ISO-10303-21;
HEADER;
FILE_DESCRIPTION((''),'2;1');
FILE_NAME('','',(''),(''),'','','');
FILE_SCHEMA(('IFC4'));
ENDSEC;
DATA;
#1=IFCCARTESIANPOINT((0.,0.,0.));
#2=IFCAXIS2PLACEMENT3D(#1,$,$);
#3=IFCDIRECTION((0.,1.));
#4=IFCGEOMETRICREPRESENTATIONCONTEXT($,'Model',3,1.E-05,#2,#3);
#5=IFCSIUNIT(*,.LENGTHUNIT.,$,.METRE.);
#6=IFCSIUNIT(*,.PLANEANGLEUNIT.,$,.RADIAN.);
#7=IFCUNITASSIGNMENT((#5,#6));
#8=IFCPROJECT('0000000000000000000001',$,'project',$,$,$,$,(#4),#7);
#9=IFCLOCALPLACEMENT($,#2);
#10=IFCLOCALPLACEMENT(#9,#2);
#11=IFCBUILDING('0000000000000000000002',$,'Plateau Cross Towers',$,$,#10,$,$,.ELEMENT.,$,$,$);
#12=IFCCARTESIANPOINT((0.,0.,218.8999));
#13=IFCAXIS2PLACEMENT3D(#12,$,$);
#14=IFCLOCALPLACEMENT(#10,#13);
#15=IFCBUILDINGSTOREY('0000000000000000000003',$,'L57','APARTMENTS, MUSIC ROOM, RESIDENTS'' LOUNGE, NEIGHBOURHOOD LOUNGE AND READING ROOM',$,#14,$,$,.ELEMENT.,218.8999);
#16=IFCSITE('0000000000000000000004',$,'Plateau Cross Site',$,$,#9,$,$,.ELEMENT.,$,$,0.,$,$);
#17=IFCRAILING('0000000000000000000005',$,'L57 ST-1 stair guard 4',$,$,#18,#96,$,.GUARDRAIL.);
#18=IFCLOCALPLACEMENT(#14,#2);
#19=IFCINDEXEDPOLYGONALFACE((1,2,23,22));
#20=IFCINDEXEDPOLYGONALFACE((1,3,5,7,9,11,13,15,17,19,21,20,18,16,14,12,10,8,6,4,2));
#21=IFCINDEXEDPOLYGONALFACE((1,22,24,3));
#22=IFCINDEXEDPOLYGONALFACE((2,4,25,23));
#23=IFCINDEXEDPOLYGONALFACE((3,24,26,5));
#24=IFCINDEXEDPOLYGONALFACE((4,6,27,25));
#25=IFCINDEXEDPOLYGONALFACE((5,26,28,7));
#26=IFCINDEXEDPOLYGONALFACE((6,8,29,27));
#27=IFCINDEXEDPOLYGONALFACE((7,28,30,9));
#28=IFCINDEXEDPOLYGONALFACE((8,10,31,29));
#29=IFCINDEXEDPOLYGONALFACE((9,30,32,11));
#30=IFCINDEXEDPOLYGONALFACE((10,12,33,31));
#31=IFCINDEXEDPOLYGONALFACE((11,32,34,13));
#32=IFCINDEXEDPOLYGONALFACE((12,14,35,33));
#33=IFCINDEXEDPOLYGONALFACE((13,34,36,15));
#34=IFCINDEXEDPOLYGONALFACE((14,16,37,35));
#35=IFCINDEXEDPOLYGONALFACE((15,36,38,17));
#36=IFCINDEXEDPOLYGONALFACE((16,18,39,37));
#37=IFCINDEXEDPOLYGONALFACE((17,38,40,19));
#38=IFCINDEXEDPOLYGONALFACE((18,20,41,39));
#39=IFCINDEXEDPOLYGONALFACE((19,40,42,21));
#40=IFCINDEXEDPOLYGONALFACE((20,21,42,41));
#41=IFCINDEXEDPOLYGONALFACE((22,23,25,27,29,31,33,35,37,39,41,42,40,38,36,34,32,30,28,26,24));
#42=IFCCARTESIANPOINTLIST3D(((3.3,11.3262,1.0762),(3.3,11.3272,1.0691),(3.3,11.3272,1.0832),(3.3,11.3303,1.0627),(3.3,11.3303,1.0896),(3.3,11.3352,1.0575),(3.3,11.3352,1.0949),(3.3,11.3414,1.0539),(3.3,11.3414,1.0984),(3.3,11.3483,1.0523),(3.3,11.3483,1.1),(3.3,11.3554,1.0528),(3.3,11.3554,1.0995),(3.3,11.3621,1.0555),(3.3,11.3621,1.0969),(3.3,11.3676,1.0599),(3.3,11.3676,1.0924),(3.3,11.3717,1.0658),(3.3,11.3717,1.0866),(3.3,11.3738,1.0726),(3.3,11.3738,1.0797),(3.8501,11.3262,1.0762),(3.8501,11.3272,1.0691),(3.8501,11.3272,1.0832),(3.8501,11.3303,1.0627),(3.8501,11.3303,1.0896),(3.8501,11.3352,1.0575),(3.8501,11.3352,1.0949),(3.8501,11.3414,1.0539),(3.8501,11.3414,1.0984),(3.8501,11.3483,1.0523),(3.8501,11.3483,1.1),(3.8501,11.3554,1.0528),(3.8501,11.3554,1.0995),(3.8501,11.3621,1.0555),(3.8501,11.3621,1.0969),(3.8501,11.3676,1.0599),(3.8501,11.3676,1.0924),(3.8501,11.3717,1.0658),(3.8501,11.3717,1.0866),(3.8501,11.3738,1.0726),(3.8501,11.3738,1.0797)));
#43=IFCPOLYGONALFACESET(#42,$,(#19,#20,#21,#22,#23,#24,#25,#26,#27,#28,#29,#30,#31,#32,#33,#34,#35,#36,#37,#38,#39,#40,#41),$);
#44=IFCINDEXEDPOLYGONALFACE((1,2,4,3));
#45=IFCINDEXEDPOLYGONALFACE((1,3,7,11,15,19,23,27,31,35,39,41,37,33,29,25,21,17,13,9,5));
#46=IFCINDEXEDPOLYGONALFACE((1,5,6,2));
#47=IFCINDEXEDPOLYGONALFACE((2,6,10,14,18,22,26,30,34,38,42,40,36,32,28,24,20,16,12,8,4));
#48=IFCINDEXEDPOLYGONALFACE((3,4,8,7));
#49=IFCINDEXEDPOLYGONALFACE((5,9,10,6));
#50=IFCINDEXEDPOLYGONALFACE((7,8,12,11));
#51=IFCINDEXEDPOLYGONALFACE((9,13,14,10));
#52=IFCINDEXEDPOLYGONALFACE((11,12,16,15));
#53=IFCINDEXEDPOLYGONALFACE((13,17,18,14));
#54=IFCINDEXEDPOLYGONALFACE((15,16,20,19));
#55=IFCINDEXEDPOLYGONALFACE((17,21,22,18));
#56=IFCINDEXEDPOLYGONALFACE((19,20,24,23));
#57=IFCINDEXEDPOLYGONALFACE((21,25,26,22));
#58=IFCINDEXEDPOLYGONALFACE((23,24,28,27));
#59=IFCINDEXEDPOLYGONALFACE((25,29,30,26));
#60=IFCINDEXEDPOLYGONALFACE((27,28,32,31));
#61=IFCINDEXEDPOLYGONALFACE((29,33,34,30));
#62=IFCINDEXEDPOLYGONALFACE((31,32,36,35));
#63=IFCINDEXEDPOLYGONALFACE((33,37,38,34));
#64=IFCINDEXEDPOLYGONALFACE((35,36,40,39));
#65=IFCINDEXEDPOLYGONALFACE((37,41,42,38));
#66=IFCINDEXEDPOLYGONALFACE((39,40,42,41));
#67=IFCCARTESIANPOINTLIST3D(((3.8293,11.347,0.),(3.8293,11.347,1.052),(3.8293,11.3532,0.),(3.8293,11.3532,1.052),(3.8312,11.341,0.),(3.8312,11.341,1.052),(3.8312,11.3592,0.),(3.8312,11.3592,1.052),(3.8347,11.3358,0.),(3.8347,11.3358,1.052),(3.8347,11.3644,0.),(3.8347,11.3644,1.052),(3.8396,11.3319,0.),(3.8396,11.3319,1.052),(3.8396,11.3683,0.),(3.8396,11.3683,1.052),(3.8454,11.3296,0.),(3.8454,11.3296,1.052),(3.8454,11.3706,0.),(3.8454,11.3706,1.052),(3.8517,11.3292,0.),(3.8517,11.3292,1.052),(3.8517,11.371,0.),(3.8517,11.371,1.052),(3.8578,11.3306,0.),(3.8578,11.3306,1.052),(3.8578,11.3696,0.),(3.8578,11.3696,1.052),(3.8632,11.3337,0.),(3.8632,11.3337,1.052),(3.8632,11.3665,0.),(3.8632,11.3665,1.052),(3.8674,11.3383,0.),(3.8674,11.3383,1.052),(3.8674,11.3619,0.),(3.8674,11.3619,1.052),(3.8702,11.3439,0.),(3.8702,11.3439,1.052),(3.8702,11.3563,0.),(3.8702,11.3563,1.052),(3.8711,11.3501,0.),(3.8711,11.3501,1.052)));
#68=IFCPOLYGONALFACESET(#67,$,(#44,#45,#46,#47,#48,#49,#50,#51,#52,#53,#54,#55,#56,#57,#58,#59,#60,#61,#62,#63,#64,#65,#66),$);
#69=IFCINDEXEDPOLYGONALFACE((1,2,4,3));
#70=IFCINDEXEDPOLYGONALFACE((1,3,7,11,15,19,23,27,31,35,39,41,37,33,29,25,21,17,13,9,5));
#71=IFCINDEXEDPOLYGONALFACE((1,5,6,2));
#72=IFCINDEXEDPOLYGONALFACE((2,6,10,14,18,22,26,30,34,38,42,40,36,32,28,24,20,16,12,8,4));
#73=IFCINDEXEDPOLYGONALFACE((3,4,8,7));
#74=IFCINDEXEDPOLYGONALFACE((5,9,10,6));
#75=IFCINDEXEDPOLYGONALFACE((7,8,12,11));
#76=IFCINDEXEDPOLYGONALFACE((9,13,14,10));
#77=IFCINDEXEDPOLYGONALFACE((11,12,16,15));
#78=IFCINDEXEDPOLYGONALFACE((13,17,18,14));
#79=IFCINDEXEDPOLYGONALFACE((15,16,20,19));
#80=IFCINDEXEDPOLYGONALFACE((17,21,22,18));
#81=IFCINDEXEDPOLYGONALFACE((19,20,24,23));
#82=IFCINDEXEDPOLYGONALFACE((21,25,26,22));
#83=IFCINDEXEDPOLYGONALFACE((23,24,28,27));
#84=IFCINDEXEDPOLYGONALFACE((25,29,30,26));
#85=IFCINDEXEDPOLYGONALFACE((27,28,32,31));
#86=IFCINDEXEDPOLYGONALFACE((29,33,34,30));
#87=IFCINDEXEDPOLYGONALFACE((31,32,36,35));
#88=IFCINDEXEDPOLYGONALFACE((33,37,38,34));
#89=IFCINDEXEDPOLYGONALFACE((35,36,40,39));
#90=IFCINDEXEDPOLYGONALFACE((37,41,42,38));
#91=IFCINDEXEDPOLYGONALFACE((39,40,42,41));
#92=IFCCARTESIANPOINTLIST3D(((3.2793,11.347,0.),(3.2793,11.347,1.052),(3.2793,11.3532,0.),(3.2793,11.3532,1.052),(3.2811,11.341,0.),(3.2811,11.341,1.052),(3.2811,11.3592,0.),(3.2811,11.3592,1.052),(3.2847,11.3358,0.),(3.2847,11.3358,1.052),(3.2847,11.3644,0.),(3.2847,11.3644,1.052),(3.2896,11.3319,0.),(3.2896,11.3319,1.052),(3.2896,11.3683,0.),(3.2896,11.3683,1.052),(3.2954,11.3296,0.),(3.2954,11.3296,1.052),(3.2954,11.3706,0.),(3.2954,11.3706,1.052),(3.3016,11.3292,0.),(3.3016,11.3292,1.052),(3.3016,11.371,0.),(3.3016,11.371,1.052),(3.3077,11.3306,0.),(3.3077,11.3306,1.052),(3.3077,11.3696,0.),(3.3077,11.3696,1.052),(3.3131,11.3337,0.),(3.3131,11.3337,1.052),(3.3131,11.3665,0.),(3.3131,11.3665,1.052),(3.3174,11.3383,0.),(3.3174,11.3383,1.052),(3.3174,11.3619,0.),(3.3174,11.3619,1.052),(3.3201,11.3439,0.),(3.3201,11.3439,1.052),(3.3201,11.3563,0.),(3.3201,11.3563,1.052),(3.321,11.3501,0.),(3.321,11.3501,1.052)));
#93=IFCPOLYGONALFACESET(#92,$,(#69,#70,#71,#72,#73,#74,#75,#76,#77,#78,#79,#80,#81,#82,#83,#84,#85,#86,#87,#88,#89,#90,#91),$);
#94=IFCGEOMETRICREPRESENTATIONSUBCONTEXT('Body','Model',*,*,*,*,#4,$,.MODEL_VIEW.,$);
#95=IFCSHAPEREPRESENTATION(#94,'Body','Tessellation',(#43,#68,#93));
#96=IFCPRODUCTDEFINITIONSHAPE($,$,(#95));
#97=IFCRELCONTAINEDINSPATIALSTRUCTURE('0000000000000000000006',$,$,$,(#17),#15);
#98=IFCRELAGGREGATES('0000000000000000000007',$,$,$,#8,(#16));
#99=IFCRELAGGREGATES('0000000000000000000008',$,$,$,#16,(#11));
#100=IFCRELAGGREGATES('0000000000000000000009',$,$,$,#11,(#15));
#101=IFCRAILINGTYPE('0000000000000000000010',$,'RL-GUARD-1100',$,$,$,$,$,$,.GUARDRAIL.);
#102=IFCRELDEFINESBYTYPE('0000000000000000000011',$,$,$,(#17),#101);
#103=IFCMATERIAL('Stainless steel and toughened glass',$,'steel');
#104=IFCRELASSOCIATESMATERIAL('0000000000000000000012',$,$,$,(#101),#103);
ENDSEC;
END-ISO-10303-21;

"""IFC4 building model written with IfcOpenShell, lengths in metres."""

from ifc_helpers import new_model, si_unit, direction, frame, origin, origin_2d, place, context, subcontext, project, spatial, circle, extrude, material, type_object, element, save


model = new_model("IFC4")

# Units and contexts
model_context = context("Model", 3, precision=1e-05, world=origin(), true_north=direction((0.0, 1.0)))
body_context = subcontext(model_context, "Body", "Model", "MODEL_VIEW")
ifc_project = project(units=[si_unit("LENGTHUNIT", "METRE"), si_unit("PLANEANGLEUNIT", "RADIAN")], contexts=[model_context])

# Site, building, storey
site_placement = place(None, origin())
site = spatial("IfcSite", under=ifc_project, at=site_placement, Name="Plateau Cross Site", CompositionType="ELEMENT", RefElevation=0.0)
building_placement = place(site_placement, origin())
building = spatial("IfcBuilding", under=site, at=building_placement, Name="Plateau Cross Towers", CompositionType="ELEMENT")
storey_placement = place(building_placement, frame((0.0, 0.0, 218.8999)))
storey = spatial("IfcBuildingStorey", under=building, at=storey_placement, Name="L57", Description="APARTMENTS, MUSIC ROOM, RESIDENTS' LOUNGE, NEIGHBOURHOOD LOUNGE AND READING ROOM", CompositionType="ELEMENT", Elevation=218.8999)

# Railing
ifc_material_1 = material(Name="Stainless steel and toughened glass", Category="steel")
railing_type_1 = type_object("IfcRailingType", Name="RL-GUARD-1100", PredefinedType="GUARDRAIL", material=ifc_material_1)
railing_1_placement = place(storey_placement, frame((3.8501, 11.3501, 0.0)))
element("IfcRailing", 1, at=railing_1_placement, inside=storey, type_object=railing_type_1, Name="L57 ST-1 stair guard 4", PredefinedType="GUARDRAIL", context=body_context, shape_type="SweptSolid", body=[
    extrude(circle(Radius=0.0239, at=origin_2d()), frame((0.0, 0.0, 1.0762), z_axis=(-1.0, 0.0, 0.0), x_axis=(0.0, -1.0, 0.0)), (0.0, 0.0, 1.0), 0.55),
    extrude(circle(Radius=0.021, at=origin_2d()), origin(), (0.0, 0.0, 1.0), 1.052),
    extrude(circle(Radius=0.021, at=origin_2d()), frame((-0.55, 0.0, 0.0)), (0.0, 0.0, 1.0), 1.052),
])

save(model, "model.ifc")
